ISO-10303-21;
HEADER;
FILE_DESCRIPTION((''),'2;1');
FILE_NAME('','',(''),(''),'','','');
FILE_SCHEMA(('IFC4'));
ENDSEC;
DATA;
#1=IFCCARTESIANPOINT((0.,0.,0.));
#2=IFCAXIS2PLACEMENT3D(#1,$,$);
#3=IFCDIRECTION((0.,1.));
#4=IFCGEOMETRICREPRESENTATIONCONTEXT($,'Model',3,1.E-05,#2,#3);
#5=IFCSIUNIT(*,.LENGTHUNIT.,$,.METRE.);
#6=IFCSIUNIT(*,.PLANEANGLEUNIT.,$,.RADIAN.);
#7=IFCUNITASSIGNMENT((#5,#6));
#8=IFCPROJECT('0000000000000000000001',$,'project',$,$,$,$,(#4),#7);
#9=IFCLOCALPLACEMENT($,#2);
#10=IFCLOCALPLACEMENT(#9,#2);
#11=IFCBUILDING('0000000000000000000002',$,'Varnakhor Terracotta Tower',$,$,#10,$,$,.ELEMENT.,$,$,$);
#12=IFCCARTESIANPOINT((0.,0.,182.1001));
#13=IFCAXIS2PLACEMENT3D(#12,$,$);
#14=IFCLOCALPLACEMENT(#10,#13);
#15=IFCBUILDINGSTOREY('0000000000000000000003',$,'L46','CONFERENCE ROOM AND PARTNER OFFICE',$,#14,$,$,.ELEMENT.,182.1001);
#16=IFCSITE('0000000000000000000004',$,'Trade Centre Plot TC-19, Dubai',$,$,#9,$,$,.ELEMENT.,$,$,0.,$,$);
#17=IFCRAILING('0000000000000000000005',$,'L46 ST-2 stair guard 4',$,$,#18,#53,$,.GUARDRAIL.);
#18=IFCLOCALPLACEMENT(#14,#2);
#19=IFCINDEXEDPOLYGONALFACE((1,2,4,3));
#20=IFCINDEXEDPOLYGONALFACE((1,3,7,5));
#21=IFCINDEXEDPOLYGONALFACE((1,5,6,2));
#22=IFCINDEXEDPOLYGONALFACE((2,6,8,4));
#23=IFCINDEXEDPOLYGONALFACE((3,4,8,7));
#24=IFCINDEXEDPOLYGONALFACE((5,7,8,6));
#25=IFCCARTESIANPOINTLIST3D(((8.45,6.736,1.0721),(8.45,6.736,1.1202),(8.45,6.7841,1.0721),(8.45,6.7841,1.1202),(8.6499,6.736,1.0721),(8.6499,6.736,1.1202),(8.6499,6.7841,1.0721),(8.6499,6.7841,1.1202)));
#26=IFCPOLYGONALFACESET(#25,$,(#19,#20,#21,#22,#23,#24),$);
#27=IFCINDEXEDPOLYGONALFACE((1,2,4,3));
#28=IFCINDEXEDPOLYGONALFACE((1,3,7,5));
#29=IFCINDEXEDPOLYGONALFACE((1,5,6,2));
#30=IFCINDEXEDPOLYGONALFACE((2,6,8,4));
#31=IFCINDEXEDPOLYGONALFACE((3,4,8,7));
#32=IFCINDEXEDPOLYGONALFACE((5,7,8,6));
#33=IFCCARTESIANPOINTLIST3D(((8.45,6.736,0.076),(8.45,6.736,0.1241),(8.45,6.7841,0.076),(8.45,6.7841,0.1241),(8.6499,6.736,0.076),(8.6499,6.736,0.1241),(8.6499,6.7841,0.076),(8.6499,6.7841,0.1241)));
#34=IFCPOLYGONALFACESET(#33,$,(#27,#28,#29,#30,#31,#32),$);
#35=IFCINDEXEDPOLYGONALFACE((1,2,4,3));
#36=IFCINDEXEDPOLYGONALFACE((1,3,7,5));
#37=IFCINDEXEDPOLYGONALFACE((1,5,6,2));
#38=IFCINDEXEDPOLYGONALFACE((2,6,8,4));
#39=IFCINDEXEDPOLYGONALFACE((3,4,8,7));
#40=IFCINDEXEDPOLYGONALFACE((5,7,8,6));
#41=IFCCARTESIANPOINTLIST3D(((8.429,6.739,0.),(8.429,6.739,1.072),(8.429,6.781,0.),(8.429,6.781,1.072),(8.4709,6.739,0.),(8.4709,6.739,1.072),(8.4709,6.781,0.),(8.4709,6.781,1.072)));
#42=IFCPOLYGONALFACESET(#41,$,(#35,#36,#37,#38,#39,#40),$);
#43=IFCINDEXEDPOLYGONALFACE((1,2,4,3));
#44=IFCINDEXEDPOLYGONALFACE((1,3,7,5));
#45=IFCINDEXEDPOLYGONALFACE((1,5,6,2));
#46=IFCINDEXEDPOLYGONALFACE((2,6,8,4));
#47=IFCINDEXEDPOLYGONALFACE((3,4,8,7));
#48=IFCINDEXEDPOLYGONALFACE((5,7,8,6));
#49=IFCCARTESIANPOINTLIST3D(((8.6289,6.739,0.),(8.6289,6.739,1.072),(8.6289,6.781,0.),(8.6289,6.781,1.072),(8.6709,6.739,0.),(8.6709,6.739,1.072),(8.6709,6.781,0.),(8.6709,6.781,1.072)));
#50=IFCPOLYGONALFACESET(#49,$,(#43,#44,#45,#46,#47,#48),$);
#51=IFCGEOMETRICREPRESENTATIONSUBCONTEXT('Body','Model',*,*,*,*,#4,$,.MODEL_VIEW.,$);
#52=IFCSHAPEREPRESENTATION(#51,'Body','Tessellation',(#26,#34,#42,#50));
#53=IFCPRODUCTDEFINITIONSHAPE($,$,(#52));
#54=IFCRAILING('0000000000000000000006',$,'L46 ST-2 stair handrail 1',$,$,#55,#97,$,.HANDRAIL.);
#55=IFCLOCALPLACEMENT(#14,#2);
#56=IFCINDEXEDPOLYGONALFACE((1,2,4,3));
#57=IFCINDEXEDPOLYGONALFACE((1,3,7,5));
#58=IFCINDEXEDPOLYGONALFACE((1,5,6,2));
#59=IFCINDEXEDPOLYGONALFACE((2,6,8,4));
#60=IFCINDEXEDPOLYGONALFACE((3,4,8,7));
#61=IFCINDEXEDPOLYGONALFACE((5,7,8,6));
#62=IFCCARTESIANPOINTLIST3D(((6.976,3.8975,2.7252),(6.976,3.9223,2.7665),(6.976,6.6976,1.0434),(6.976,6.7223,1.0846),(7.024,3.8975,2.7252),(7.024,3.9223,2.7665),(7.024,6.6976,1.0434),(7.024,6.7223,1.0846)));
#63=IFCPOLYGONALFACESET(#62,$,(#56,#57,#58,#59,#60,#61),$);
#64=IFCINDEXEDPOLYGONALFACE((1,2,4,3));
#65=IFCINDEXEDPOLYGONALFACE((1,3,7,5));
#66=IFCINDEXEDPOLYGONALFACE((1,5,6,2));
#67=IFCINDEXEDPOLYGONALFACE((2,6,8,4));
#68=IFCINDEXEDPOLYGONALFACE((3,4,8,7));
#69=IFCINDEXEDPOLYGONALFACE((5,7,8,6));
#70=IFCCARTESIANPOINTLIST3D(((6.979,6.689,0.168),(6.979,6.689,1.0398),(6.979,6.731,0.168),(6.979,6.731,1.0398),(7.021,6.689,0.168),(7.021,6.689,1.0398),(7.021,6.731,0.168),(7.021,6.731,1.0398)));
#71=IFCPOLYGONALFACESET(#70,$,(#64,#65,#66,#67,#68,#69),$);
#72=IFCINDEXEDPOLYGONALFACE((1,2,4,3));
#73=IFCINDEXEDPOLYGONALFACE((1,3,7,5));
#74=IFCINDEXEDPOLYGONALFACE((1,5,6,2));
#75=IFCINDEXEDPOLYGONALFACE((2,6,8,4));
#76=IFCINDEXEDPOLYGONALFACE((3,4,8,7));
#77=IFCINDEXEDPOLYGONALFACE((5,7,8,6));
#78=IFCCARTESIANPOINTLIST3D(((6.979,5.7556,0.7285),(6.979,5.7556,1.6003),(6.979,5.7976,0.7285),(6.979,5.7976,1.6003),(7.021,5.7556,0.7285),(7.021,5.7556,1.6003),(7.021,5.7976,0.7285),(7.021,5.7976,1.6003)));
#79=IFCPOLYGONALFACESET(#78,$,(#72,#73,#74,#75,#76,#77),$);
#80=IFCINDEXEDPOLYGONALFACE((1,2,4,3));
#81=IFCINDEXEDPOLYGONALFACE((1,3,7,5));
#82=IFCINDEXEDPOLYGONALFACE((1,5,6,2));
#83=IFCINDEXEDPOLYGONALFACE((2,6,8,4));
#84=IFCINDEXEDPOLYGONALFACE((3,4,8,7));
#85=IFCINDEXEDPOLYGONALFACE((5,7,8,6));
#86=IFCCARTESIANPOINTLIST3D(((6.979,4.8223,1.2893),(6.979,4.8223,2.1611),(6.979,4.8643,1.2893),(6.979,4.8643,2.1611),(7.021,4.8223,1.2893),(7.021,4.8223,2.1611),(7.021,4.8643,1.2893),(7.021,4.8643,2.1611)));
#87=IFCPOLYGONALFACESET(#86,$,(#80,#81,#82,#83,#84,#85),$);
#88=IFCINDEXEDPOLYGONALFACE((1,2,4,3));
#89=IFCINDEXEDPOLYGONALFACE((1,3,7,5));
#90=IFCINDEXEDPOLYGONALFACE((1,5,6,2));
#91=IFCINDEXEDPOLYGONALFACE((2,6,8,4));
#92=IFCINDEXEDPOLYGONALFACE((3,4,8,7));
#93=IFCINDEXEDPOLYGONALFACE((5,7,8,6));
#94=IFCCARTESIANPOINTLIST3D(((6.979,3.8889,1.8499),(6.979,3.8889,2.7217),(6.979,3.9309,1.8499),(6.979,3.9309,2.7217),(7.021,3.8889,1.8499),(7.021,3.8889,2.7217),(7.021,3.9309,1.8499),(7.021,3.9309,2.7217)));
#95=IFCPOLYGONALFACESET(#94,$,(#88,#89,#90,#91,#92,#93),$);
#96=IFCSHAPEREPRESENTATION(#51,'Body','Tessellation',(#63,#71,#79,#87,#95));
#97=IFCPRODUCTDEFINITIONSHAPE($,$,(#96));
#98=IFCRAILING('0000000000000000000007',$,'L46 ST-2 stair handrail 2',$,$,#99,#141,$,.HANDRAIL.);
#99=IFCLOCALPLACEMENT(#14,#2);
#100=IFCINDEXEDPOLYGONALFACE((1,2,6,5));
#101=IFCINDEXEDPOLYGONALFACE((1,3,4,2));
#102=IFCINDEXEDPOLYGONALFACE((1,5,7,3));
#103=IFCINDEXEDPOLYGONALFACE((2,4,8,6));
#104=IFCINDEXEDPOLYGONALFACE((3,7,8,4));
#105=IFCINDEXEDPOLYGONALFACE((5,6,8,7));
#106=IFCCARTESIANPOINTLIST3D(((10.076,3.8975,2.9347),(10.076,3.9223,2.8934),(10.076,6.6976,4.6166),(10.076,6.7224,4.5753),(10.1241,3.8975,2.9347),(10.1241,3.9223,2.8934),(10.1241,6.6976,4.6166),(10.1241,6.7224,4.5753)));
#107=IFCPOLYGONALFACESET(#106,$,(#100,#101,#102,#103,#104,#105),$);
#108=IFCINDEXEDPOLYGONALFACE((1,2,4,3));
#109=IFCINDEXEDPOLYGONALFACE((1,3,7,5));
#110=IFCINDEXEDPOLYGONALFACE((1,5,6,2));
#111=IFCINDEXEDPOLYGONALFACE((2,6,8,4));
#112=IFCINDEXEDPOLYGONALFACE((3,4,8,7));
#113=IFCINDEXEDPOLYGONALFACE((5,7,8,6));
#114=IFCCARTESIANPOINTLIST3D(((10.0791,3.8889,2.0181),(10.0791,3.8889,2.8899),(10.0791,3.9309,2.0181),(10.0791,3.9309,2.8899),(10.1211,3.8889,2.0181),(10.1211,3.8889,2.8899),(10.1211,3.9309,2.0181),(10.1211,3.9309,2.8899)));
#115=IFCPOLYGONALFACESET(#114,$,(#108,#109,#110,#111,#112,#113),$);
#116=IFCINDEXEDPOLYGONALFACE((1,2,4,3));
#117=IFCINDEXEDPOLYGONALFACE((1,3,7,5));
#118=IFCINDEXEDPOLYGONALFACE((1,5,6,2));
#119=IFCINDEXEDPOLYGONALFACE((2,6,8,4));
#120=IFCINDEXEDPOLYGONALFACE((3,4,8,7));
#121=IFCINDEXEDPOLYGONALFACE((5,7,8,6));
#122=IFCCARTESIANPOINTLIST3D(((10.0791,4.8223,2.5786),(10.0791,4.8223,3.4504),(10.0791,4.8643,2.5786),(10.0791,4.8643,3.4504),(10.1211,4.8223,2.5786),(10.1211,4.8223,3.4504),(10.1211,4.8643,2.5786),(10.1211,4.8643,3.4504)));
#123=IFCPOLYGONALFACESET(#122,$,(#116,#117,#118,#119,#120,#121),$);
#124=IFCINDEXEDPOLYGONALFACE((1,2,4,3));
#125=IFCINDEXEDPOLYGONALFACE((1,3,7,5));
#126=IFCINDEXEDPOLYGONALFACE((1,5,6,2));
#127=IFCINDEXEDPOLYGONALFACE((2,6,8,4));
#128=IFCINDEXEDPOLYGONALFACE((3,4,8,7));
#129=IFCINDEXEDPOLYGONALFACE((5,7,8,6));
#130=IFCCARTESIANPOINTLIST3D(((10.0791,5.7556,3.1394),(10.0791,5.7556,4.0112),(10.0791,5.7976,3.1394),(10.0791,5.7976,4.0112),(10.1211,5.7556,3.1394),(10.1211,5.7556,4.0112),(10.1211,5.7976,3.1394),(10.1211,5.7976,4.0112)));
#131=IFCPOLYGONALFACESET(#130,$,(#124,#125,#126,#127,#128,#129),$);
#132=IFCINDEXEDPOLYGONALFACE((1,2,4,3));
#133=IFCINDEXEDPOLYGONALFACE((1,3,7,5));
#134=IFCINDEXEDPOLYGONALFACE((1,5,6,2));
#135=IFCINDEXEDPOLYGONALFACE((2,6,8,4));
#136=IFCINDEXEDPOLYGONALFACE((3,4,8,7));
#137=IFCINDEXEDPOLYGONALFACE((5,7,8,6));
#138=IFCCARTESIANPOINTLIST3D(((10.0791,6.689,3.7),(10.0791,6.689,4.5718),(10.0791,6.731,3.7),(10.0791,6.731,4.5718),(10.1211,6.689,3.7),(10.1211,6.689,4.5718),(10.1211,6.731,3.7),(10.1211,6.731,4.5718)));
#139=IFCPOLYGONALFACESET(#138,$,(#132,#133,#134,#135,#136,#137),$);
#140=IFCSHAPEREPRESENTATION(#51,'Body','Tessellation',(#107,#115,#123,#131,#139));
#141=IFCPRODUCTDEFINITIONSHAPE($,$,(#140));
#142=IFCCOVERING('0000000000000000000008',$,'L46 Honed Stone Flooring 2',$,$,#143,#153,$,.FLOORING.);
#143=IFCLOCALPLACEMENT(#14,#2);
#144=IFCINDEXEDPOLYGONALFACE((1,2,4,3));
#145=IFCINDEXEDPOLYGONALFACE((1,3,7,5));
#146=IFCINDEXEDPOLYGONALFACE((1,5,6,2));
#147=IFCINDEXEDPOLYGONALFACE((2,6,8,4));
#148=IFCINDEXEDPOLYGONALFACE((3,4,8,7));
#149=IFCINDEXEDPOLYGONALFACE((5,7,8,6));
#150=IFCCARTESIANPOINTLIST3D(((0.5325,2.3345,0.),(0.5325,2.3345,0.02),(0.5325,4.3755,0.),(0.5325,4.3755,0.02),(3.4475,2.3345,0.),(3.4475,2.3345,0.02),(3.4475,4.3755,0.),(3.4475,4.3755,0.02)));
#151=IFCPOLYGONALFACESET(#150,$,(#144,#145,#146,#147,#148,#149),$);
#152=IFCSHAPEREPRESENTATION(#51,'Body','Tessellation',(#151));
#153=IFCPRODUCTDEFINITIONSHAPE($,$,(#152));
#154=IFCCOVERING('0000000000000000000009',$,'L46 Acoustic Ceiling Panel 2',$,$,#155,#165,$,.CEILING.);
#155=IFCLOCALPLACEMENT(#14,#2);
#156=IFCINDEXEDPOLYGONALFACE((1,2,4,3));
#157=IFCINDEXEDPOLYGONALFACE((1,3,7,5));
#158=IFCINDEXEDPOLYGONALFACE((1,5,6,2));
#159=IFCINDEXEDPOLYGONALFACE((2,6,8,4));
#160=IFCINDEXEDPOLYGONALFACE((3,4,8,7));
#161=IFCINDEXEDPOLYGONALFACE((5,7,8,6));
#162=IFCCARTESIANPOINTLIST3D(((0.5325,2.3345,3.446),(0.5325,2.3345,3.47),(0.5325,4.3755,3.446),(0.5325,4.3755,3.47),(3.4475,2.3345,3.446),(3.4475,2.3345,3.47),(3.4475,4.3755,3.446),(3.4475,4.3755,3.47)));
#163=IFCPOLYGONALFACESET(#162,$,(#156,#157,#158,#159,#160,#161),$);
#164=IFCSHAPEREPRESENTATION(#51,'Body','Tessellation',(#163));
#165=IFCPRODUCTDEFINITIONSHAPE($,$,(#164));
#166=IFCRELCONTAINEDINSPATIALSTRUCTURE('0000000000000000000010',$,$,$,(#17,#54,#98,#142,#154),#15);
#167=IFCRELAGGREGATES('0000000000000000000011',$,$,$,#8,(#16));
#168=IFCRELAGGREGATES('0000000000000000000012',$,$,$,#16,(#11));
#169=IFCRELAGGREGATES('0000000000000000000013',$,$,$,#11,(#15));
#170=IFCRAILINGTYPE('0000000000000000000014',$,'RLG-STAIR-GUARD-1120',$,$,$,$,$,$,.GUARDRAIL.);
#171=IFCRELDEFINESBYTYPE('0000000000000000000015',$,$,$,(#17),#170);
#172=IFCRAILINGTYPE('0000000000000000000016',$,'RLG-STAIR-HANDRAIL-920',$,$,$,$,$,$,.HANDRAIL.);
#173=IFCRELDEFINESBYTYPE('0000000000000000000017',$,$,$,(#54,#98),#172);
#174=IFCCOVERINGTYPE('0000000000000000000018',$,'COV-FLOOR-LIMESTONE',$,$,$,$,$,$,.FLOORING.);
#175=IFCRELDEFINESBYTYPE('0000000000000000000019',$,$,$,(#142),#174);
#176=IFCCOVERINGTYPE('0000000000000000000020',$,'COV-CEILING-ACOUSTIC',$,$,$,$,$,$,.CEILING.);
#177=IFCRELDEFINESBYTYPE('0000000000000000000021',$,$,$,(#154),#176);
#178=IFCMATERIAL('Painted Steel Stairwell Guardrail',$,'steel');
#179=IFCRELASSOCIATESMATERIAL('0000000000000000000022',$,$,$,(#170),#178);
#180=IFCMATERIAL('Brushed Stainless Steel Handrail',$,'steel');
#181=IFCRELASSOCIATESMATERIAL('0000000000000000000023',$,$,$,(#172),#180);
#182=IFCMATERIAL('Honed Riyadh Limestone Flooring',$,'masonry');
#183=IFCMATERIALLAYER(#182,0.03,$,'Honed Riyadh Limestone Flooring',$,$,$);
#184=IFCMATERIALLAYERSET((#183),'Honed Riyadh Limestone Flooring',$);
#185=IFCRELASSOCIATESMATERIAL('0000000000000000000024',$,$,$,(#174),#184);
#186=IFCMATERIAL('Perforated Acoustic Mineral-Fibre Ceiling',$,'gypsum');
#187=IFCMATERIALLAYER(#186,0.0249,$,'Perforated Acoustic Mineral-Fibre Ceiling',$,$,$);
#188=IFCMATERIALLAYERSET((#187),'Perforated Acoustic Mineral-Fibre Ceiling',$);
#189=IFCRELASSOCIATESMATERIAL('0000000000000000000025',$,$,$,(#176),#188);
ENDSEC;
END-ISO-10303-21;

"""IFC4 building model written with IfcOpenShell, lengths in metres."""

from ifc_helpers import new_model, si_unit, direction, frame, origin, origin_2d, place, context, subcontext, project, spatial, rectangle, extrude, source, transform, mapped, material, layer, layer_set, type_object, element, save


model = new_model("IFC4")

# Units and contexts
model_context = context("Model", 3, precision=1e-05, world=origin(), true_north=direction((0.0, 1.0)))
body_context = subcontext(model_context, "Body", "Model", "MODEL_VIEW")
ifc_project = project(units=[si_unit("LENGTHUNIT", "METRE"), si_unit("PLANEANGLEUNIT", "RADIAN")], contexts=[model_context])

# Site, building, storey
site_placement = place(None, origin())
site = spatial("IfcSite", under=ifc_project, at=site_placement, Name="Trade Centre Plot TC-19, Dubai", CompositionType="ELEMENT", RefElevation=0.0)
building_placement = place(site_placement, origin())
building = spatial("IfcBuilding", under=site, at=building_placement, Name="Varnakhor Terracotta Tower", CompositionType="ELEMENT")
storey_placement = place(building_placement, frame((0.0, 0.0, 182.1001)))
storey = spatial("IfcBuildingStorey", under=building, at=storey_placement, Name="L46", Description="CONFERENCE ROOM AND PARTNER OFFICE", CompositionType="ELEMENT", Elevation=182.1001)

# Railings
ifc_material_1 = material(Name="Painted Steel Stairwell Guardrail", Category="steel")
railing_type_1 = type_object("IfcRailingType", Name="RLG-STAIR-GUARD-1120", PredefinedType="GUARDRAIL", material=ifc_material_1)
railing_1_placement = place(storey_placement, frame((8.45, 6.76, 0.0)))
element("IfcRailing", 1, at=railing_1_placement, inside=storey, type_object=railing_type_1, Name="L46 ST-2 stair guard 4", PredefinedType="GUARDRAIL", context=body_context, shape_type="SweptSolid", body=[
    extrude(rectangle(XDim=0.0481, YDim=0.0481, at=origin_2d()), frame((0.0, 0.0, 1.0962), z_axis=(1.0, 0.0, 0.0), x_axis=(0.0, 1.0, 0.0)), (0.0, 0.0, 1.0), 0.2),
    extrude(rectangle(XDim=0.0481, YDim=0.0481, at=origin_2d()), frame((0.0, 0.0, 0.1001), z_axis=(1.0, 0.0, 0.0), x_axis=(0.0, 1.0, 0.0)), (0.0, 0.0, 1.0), 0.2),
    extrude(rectangle(XDim=0.042, YDim=0.042, at=origin_2d()), origin(), (0.0, 0.0, 1.0), 1.072),
    extrude(rectangle(XDim=0.042, YDim=0.042, at=origin_2d()), frame((0.2, 0.0, 0.0)), (0.0, 0.0, 1.0), 1.072),
])
ifc_material_2 = material(Name="Brushed Stainless Steel Handrail", Category="steel")
railing_type_2 = type_object("IfcRailingType", Name="RLG-STAIR-HANDRAIL-920", PredefinedType="HANDRAIL", material=ifc_material_2)
railing_2_placement = place(storey_placement, frame((7.0, 6.71, 0.168)))
element("IfcRailing", 2, at=railing_2_placement, inside=storey, type_object=railing_type_2, Name="L46 ST-2 stair handrail 1", PredefinedType="HANDRAIL", context=body_context, shape_type="SweptSolid", body=[
    extrude(rectangle(XDim=0.0481, YDim=0.0481, at=origin_2d()), frame((0.0, 0.0, 0.896), z_axis=(0.0, -0.857242, 0.514913), x_axis=(1.0, 0.0, 0.0)), (0.0, 0.0, 1.0), 3.2664),
    extrude(rectangle(XDim=0.042, YDim=0.042, at=origin_2d()), origin(), (0.0, 0.0, 1.0), 0.8718),
    extrude(rectangle(XDim=0.042, YDim=0.042, at=origin_2d()), frame((0.0, -0.9333, 0.5605)), (0.0, 0.0, 1.0), 0.8718),
    extrude(rectangle(XDim=0.042, YDim=0.042, at=origin_2d()), frame((0.0, -1.8667, 1.1213)), (0.0, 0.0, 1.0), 0.8718),
    extrude(rectangle(XDim=0.042, YDim=0.042, at=origin_2d()), frame((0.0, -2.8, 1.6819)), (0.0, 0.0, 1.0), 0.8718),
])
railing_3_placement = place(storey_placement, frame((10.1001, 3.9099, 2.0181)))
element("IfcRailing", 3, at=railing_3_placement, inside=storey, type_object=railing_type_2, Name="L46 ST-2 stair handrail 2", PredefinedType="HANDRAIL", context=body_context, shape_type="SweptSolid", body=[
    extrude(rectangle(XDim=0.0481, YDim=0.0481, at=origin_2d()), frame((0.0, 0.0, 0.896), z_axis=(0.0, 0.857242, 0.514913), x_axis=(-1.0, 0.0, 0.0)), (0.0, 0.0, 1.0), 3.2664),
    extrude(rectangle(XDim=0.042, YDim=0.042, at=origin_2d()), origin(), (0.0, 0.0, 1.0), 0.8718),
    extrude(rectangle(XDim=0.042, YDim=0.042, at=origin_2d()), frame((0.0, 0.9333, 0.5605)), (0.0, 0.0, 1.0), 0.8718),
    extrude(rectangle(XDim=0.042, YDim=0.042, at=origin_2d()), frame((0.0, 1.8667, 1.1213)), (0.0, 0.0, 1.0), 0.8718),
    extrude(rectangle(XDim=0.042, YDim=0.042, at=origin_2d()), frame((0.0, 2.8, 1.6819)), (0.0, 0.0, 1.0), 0.8718),
])

# Coverings
ifc_material_3 = material(Name="Honed Riyadh Limestone Flooring", Category="masonry")
ifc_layer_1 = layer(ifc_material_3, 0.03, Name="Honed Riyadh Limestone Flooring")
ifc_layer_set_1 = layer_set([ifc_layer_1], Name="Honed Riyadh Limestone Flooring")
covering_type_1 = type_object("IfcCoveringType", Name="COV-FLOOR-LIMESTONE", PredefinedType="FLOORING", material=ifc_layer_set_1)
shared_shape_1 = source(origin(), body_context, "Body", "SweptSolid", [
    extrude(rectangle(XDim=2.915, YDim=2.041, at=origin_2d()), origin(), (0.0, 0.0, 1.0), 0.02),
])
covering_1_placement = place(storey_placement, frame((1.99, 3.355, 0.0), z_axis=(0.0, 0.0, 1.0), x_axis=(1.0, 0.0, 0.0)))
element("IfcCovering", 4, at=covering_1_placement, inside=storey, type_object=covering_type_1, Name="L46 Honed Stone Flooring 2", PredefinedType="FLOORING", context=body_context, shape_type="MappedRepresentation", body=[
    mapped(shared_shape_1, transform((0.0, 0.0, 0.0), scale=1.0)),
])
ifc_material_4 = material(Name="Perforated Acoustic Mineral-Fibre Ceiling", Category="gypsum")
ifc_layer_2 = layer(ifc_material_4, 0.0249, Name="Perforated Acoustic Mineral-Fibre Ceiling")
ifc_layer_set_2 = layer_set([ifc_layer_2], Name="Perforated Acoustic Mineral-Fibre Ceiling")
covering_type_2 = type_object("IfcCoveringType", Name="COV-CEILING-ACOUSTIC", PredefinedType="CEILING", material=ifc_layer_set_2)
shared_shape_2 = source(origin(), body_context, "Body", "SweptSolid", [
    extrude(rectangle(XDim=2.915, YDim=2.041, at=origin_2d()), origin(), (0.0, 0.0, 1.0), 0.0239),
])
covering_2_placement = place(storey_placement, frame((1.99, 3.355, 3.446), z_axis=(0.0, 0.0, 1.0), x_axis=(1.0, 0.0, 0.0)))
element("IfcCovering", 5, at=covering_2_placement, inside=storey, type_object=covering_type_2, Name="L46 Acoustic Ceiling Panel 2", PredefinedType="CEILING", context=body_context, shape_type="MappedRepresentation", body=[
    mapped(shared_shape_2, transform((0.0, 0.0, 0.0), scale=1.0)),
])

save(model, "model.ifc")
